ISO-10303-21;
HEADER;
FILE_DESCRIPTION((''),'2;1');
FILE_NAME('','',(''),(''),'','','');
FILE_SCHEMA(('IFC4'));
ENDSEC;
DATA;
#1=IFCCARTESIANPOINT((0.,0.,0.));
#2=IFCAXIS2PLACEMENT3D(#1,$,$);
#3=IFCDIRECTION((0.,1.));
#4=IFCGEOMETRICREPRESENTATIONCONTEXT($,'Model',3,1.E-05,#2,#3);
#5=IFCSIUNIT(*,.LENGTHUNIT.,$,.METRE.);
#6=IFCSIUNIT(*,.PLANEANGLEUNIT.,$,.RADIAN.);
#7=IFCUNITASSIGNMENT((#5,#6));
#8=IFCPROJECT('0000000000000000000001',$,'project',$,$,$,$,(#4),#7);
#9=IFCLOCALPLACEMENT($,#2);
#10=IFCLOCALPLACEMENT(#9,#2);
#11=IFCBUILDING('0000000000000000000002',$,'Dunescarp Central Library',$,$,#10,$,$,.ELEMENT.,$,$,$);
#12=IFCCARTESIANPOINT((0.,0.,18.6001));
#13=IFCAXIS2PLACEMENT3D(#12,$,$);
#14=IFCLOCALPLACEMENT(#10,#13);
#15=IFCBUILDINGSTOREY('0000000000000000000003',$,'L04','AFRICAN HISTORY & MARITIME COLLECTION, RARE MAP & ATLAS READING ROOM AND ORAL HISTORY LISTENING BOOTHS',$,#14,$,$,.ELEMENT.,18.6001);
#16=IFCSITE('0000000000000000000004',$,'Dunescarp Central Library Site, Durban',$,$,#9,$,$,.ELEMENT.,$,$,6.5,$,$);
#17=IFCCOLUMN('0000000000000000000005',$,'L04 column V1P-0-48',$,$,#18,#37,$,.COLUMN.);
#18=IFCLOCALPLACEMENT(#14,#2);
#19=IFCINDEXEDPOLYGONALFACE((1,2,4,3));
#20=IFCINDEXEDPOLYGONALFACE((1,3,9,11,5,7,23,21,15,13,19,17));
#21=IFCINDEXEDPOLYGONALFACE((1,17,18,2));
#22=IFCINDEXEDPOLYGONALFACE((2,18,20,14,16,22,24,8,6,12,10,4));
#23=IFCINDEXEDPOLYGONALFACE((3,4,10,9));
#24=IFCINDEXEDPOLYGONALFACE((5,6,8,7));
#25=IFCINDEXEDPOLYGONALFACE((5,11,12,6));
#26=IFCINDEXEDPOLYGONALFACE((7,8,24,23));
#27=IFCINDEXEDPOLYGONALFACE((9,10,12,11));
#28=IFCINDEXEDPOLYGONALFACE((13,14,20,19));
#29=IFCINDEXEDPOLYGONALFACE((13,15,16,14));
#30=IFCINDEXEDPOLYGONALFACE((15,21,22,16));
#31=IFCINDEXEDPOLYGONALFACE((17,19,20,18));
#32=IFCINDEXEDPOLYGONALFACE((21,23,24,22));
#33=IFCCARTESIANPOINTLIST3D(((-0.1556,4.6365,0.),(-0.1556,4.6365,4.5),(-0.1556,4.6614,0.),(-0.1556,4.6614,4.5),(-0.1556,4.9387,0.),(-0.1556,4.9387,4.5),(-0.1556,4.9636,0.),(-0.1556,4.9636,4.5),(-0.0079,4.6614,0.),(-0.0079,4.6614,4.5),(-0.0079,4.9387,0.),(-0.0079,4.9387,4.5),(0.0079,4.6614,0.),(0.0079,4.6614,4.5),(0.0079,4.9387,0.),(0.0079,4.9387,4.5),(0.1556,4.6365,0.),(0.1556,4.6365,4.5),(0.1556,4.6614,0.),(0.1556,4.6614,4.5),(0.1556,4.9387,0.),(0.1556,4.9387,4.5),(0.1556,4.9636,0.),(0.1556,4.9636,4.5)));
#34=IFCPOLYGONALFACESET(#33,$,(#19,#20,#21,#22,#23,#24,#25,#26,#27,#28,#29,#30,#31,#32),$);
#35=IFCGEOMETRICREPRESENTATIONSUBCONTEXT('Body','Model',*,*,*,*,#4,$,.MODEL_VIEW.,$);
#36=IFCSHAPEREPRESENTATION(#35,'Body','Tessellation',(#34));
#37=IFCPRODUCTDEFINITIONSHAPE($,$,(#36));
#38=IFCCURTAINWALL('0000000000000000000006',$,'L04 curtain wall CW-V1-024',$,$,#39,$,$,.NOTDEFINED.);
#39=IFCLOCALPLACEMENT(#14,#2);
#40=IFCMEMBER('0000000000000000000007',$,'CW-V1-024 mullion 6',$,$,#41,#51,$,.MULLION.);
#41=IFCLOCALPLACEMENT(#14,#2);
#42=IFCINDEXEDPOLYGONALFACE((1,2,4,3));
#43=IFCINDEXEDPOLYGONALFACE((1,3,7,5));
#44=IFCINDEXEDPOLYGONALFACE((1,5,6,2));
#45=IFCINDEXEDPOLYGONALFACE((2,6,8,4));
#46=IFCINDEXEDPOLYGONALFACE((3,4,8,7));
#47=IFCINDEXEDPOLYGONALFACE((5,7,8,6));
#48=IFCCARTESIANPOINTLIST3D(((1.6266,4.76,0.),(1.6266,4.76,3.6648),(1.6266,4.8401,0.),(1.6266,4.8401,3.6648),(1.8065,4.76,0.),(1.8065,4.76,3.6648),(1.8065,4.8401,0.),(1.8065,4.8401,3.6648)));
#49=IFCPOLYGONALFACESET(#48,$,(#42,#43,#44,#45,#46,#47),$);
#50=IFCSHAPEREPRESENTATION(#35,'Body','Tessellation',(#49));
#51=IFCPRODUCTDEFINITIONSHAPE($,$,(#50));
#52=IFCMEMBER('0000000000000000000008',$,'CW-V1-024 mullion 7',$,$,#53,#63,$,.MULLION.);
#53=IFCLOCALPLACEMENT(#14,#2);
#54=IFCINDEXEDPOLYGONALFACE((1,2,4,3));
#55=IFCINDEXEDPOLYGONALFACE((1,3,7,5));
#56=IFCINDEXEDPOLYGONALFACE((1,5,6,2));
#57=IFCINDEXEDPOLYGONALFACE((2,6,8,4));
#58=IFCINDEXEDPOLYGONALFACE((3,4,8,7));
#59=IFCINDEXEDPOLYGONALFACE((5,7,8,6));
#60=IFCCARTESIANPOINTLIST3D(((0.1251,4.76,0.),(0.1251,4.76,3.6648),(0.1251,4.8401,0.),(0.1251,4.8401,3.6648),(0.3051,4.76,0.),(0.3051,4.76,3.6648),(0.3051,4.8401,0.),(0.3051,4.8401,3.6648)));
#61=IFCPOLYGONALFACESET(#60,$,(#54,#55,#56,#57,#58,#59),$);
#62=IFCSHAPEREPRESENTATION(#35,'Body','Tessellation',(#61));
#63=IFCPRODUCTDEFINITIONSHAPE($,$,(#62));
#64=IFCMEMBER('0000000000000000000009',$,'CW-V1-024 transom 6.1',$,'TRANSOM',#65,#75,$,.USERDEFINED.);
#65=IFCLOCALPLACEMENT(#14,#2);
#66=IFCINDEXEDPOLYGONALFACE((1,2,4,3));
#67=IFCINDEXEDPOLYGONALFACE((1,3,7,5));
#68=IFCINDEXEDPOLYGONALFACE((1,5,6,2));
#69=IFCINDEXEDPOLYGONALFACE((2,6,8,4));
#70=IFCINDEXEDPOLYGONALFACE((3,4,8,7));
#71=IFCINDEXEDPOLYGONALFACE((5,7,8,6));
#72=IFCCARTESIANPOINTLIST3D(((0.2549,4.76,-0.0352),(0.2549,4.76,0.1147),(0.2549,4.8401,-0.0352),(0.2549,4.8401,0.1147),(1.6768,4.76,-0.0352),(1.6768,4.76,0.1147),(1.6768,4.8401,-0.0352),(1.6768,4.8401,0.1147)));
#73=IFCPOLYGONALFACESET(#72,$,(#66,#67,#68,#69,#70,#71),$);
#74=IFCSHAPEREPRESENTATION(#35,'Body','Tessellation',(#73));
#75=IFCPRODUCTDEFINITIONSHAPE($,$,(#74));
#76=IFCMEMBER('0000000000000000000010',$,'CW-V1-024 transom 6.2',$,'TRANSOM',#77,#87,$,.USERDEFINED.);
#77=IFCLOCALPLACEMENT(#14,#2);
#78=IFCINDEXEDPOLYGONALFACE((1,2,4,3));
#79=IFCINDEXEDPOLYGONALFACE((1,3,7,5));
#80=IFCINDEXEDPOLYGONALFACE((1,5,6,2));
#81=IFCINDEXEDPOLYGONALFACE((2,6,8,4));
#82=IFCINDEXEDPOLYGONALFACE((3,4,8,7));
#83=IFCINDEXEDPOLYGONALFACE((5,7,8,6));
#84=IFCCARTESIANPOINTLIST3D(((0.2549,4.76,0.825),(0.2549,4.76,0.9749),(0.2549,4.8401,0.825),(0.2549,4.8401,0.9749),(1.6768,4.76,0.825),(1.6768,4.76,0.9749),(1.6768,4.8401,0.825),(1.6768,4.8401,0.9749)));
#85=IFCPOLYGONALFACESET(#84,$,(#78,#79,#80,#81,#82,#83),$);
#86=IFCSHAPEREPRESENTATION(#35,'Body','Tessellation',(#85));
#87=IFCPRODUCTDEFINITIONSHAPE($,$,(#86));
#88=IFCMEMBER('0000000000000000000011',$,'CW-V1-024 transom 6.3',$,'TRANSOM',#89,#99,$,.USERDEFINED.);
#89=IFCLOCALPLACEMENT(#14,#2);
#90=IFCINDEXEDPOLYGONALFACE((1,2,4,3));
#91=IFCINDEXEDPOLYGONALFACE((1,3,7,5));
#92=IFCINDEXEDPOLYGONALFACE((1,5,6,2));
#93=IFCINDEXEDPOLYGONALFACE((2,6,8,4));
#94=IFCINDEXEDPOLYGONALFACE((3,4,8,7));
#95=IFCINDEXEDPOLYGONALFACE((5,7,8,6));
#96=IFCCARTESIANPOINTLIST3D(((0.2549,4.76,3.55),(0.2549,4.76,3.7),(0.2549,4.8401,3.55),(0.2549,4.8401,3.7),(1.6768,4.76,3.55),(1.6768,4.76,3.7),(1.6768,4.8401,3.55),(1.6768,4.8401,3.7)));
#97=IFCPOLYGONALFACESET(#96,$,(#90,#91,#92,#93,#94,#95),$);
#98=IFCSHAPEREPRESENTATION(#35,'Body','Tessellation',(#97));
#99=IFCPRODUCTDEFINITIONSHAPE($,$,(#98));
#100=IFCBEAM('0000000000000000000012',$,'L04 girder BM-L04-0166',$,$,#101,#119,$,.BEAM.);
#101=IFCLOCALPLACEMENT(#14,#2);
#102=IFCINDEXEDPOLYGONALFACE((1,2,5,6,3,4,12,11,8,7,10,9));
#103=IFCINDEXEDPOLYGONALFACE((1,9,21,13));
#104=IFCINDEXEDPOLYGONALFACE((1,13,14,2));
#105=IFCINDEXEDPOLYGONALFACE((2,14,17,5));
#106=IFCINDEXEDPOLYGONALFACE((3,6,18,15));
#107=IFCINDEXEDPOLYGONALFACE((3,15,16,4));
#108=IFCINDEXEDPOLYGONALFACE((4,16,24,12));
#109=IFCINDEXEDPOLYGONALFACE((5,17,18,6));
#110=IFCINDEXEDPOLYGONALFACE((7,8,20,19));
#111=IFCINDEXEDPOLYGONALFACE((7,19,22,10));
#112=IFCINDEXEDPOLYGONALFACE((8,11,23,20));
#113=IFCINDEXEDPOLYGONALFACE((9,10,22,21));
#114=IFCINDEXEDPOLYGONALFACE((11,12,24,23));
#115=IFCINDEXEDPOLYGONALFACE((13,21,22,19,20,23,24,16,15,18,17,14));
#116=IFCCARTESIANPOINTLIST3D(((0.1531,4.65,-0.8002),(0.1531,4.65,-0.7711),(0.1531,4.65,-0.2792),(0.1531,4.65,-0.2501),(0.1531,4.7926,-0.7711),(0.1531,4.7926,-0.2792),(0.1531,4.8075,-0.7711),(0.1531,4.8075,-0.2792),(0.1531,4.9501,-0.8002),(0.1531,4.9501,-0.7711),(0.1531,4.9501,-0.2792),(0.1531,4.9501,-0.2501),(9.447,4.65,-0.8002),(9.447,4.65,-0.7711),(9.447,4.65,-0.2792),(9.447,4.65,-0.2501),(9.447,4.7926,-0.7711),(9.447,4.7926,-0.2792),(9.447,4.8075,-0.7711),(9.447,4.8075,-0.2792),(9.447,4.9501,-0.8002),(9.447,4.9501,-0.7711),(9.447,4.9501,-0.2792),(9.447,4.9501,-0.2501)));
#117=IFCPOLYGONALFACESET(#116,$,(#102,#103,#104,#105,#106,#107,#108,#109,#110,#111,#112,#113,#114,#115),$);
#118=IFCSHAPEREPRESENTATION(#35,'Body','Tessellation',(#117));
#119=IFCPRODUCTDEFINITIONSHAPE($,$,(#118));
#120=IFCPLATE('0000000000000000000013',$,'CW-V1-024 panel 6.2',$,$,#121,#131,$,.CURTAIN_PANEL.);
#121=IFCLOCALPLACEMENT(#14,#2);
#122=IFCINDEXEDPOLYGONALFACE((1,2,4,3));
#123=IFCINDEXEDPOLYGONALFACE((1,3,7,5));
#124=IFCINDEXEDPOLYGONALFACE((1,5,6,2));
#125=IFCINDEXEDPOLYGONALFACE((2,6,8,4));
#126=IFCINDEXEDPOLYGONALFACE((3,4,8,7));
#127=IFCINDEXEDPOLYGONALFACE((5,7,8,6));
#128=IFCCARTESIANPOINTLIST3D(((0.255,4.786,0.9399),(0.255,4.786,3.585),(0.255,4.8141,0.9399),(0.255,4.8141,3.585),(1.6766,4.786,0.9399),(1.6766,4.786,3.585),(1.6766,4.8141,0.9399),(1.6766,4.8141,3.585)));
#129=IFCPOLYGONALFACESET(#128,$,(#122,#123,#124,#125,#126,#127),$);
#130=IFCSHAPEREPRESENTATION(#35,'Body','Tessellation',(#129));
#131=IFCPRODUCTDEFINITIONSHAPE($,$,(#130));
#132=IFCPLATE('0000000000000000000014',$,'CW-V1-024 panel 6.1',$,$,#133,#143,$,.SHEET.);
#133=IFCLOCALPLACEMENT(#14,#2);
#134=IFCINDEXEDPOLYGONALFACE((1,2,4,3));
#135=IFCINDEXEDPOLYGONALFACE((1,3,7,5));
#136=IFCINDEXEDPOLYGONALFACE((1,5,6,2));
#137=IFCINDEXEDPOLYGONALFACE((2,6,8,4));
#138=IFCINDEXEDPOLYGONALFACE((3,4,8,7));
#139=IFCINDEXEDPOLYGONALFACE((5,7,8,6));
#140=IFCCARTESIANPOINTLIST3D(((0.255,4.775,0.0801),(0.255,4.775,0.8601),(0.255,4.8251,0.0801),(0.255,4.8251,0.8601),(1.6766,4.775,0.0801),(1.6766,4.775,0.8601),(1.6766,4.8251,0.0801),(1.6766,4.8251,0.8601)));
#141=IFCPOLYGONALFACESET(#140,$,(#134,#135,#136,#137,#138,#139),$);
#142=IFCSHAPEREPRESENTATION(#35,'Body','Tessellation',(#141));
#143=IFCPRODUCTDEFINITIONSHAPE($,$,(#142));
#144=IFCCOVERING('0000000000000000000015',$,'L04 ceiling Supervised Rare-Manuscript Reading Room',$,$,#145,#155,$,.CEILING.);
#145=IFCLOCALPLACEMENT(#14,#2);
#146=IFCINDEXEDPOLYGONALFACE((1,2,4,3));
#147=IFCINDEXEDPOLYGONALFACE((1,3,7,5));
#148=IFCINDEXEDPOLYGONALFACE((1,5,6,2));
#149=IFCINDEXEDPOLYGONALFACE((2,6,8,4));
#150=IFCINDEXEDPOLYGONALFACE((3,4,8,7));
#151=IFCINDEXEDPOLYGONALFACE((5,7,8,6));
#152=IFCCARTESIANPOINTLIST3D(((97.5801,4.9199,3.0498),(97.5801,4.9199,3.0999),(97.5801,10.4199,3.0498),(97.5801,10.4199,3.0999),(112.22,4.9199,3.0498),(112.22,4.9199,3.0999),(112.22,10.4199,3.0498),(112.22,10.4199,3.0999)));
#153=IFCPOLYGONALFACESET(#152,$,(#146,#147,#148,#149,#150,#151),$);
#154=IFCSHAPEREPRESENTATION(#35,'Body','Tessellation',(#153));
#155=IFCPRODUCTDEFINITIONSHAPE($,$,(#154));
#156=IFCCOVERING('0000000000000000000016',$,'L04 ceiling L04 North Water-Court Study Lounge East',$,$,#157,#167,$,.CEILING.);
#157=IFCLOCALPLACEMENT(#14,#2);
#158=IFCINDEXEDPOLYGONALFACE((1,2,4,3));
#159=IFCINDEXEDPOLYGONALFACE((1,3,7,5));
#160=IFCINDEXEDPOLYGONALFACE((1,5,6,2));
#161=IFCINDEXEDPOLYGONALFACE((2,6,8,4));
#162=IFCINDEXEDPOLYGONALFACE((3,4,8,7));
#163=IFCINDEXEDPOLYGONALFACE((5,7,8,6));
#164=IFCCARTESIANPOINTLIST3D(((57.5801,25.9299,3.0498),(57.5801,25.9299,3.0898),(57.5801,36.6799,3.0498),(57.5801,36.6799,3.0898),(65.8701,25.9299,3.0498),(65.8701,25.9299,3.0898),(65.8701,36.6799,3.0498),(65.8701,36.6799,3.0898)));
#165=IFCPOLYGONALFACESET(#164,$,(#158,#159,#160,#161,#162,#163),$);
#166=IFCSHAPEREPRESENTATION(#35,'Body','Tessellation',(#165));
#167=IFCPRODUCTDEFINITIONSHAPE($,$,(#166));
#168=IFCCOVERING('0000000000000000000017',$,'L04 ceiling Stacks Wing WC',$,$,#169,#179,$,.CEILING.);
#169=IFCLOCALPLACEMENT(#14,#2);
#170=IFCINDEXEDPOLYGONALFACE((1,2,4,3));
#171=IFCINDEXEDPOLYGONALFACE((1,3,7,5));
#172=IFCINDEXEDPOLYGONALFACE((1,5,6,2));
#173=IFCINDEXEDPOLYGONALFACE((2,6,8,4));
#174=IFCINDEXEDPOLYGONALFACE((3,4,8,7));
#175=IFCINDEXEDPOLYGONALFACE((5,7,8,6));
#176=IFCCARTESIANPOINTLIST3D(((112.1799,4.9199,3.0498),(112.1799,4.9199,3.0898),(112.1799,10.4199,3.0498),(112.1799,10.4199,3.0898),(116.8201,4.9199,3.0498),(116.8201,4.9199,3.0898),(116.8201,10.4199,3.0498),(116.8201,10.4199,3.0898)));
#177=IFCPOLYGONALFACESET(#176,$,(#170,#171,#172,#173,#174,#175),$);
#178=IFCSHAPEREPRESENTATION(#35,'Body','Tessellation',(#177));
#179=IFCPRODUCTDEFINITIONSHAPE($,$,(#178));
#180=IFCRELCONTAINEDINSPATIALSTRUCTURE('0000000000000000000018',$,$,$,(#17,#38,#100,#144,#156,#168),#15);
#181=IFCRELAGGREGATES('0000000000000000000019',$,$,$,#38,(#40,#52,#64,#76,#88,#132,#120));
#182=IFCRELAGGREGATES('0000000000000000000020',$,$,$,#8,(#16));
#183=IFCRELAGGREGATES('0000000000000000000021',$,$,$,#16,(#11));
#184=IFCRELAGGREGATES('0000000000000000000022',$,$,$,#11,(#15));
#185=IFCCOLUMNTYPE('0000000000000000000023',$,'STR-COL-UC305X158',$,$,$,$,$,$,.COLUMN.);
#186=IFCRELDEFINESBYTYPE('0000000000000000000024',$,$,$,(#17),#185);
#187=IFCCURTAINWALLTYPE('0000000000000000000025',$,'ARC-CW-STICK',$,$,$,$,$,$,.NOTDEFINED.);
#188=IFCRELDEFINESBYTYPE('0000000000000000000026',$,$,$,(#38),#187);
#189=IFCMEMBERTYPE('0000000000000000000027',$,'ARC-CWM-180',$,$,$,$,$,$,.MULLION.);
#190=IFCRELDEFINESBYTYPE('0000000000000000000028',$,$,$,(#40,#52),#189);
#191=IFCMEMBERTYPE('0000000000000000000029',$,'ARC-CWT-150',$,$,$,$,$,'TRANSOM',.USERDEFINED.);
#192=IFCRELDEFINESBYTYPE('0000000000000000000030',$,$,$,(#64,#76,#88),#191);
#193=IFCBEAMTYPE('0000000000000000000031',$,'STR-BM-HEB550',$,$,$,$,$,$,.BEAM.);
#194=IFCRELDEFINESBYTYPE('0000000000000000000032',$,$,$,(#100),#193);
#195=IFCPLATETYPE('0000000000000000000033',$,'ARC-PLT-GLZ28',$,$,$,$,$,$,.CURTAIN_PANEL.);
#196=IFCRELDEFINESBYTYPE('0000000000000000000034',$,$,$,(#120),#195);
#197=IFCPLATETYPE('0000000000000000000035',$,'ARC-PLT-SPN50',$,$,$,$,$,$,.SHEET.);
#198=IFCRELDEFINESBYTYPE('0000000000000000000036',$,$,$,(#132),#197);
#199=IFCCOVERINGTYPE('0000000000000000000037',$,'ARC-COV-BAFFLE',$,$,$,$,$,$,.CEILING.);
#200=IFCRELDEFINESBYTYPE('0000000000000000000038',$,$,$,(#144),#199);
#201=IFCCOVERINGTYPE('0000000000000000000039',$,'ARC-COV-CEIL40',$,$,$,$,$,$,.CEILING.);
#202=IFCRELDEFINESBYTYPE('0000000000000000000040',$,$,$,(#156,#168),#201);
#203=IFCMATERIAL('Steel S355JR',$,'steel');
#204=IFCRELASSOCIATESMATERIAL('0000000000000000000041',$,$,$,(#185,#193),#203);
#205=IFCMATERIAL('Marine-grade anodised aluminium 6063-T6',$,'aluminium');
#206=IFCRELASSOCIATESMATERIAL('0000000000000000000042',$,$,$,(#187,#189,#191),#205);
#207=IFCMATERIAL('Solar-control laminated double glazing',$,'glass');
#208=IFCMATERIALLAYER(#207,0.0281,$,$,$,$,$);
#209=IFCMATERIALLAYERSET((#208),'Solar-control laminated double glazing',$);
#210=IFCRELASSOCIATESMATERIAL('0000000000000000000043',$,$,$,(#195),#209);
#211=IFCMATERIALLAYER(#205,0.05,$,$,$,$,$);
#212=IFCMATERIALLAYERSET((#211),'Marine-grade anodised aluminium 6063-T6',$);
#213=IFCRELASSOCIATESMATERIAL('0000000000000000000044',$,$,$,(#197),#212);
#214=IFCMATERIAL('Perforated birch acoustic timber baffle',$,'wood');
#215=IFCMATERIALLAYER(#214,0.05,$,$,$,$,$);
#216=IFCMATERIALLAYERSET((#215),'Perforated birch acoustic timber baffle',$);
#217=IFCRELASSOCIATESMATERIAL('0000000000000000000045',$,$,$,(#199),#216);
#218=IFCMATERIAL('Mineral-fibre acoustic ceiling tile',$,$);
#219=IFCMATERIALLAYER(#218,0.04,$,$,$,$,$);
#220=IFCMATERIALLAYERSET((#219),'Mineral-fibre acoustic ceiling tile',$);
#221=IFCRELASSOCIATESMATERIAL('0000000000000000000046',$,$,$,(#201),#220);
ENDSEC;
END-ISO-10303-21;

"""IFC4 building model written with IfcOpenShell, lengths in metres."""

from ifc_helpers import new_model, si_unit, direction, frame, origin, origin_2d, place, context, subcontext, project, spatial, polyline, rectangle, i_section, outline, extrude, material, layer, layer_set, material_profile, profile_set, type_object, element, aggregate, save


model = new_model("IFC4")

# Units and contexts
model_context = context("Model", 3, precision=1e-05, world=origin(), true_north=direction((0.0, 1.0)))
body_context = subcontext(model_context, "Body", "Model", "MODEL_VIEW")
ifc_project = project(units=[si_unit("LENGTHUNIT", "METRE"), si_unit("PLANEANGLEUNIT", "RADIAN")], contexts=[model_context])

# Site, building, storey
site_placement = place(None, origin())
site = spatial("IfcSite", under=ifc_project, at=site_placement, Name="Dunescarp Central Library Site, Durban", CompositionType="ELEMENT", RefElevation=6.5)
building_placement = place(site_placement, origin())
building = spatial("IfcBuilding", under=site, at=building_placement, Name="Dunescarp Central Library", CompositionType="ELEMENT")
storey_placement = place(building_placement, frame((0.0, 0.0, 18.6001)))
storey = spatial("IfcBuildingStorey", under=building, at=storey_placement, Name="L04", Description="AFRICAN HISTORY & MARITIME COLLECTION, RARE MAP & ATLAS READING ROOM AND ORAL HISTORY LISTENING BOOTHS", CompositionType="ELEMENT", Elevation=18.6001)

# Column
ifc_material_1 = material(Name="Steel S355JR", Category="steel")
ifc_material_profile_1 = material_profile(ifc_material_1, i_section(OverallWidth=0.3113, OverallDepth=0.3271, WebThickness=0.0159, FlangeThickness=0.0249, at=origin_2d()), Name="UC 305x305x158")
ifc_profile_set_1 = profile_set([ifc_material_profile_1], Name="Steel S355JR")
column_type = type_object("IfcColumnType", Name="STR-COL-UC305X158", PredefinedType="COLUMN", material=ifc_profile_set_1)
column_placement = place(storey_placement, frame((0.0, 4.8, 0.0), z_axis=(0.0, 0.0, 1.0), x_axis=(1.0, 0.0, 0.0)))
element("IfcColumn", 1, at=column_placement, inside=storey, type_object=column_type, Name="L04 column V1P-0-48", PredefinedType="COLUMN", context=body_context, shape_type="SweptSolid", body=[
    extrude(i_section(OverallWidth=0.3113, OverallDepth=0.3271, WebThickness=0.0159, FlangeThickness=0.0249, at=origin_2d()), origin(), (0.0, 0.0, 1.0), 4.5),
])

# Curtain wall, members
ifc_material_2 = material(Name="Marine-grade anodised aluminium 6063-T6", Category="aluminium")
curtain_wall_type = type_object("IfcCurtainWallType", Name="ARC-CW-STICK", PredefinedType="NOTDEFINED", material=ifc_material_2)
curtain_wall_placement = place(storey_placement, origin())
curtain_wall = element("IfcCurtainWall", 2, at=curtain_wall_placement, inside=storey, type_object=curtain_wall_type, Name="L04 curtain wall CW-V1-024", PredefinedType="NOTDEFINED")
ifc_material_profile_2 = material_profile(ifc_material_2, rectangle(XDim=0.0801, YDim=0.1799, at=origin_2d()), Name="AL 80x180")
ifc_profile_set_2 = profile_set([ifc_material_profile_2], Name="Marine-grade anodised aluminium 6063-T6")
member_type_1 = type_object("IfcMemberType", Name="ARC-CWM-180", PredefinedType="MULLION", material=ifc_profile_set_2)
member_1_placement = place(storey_placement, frame((1.7166, 4.8, 0.0), z_axis=(0.0, 0.0, 1.0), x_axis=(0.0, -1.0, 0.0)))
member_1 = element("IfcMember", 3, at=member_1_placement, type_object=member_type_1, Name="CW-V1-024 mullion 6", PredefinedType="MULLION", context=body_context, shape_type="SweptSolid", body=[
    extrude(rectangle(XDim=0.0801, YDim=0.1799, at=origin_2d()), origin(), (0.0, 0.0, 1.0), 3.6648),
])
member_2_placement = place(storey_placement, frame((0.2151, 4.8, 0.0), z_axis=(0.0, 0.0, 1.0), x_axis=(0.0, -1.0, 0.0)))
member_2 = element("IfcMember", 4, at=member_2_placement, type_object=member_type_1, Name="CW-V1-024 mullion 7", PredefinedType="MULLION", context=body_context, shape_type="SweptSolid", body=[
    extrude(rectangle(XDim=0.0801, YDim=0.1799, at=origin_2d()), origin(), (0.0, 0.0, 1.0), 3.6648),
])
ifc_material_profile_3 = material_profile(ifc_material_2, rectangle(XDim=0.0801, YDim=0.1499, at=origin_2d()), Name="AL 80x150")
ifc_profile_set_3 = profile_set([ifc_material_profile_3], Name="Marine-grade anodised aluminium 6063-T6")
member_type_2 = type_object("IfcMemberType", Name="ARC-CWT-150", ElementType="TRANSOM", PredefinedType="USERDEFINED", material=ifc_profile_set_3)
member_3_placement = place(storey_placement, frame((1.6768, 4.8, 0.0398), z_axis=(-1.0, 0.0, 0.0), x_axis=(0.0, -1.0, 0.0)))
member_3 = element("IfcMember", 5, at=member_3_placement, type_object=member_type_2, Name="CW-V1-024 transom 6.1", ObjectType="TRANSOM", PredefinedType="USERDEFINED", context=body_context, shape_type="SweptSolid", body=[
    extrude(rectangle(XDim=0.0801, YDim=0.1499, at=origin_2d()), origin(), (0.0, 0.0, 1.0), 1.4219),
])
member_4_placement = place(storey_placement, frame((1.6768, 4.8, 0.8999), z_axis=(-1.0, 0.0, 0.0), x_axis=(0.0, -1.0, 0.0)))
member_4 = element("IfcMember", 6, at=member_4_placement, type_object=member_type_2, Name="CW-V1-024 transom 6.2", ObjectType="TRANSOM", PredefinedType="USERDEFINED", context=body_context, shape_type="SweptSolid", body=[
    extrude(rectangle(XDim=0.0801, YDim=0.1499, at=origin_2d()), origin(), (0.0, 0.0, 1.0), 1.4219),
])
member_5_placement = place(storey_placement, frame((1.6768, 4.8, 3.625), z_axis=(-1.0, 0.0, 0.0), x_axis=(0.0, -1.0, 0.0)))
member_5 = element("IfcMember", 7, at=member_5_placement, type_object=member_type_2, Name="CW-V1-024 transom 6.3", ObjectType="TRANSOM", PredefinedType="USERDEFINED", context=body_context, shape_type="SweptSolid", body=[
    extrude(rectangle(XDim=0.0801, YDim=0.1499, at=origin_2d()), origin(), (0.0, 0.0, 1.0), 1.4219),
])

# Beam
ifc_material_profile_4 = material_profile(ifc_material_1, i_section(OverallWidth=0.3, OverallDepth=0.55, WebThickness=0.0149, FlangeThickness=0.0291, at=origin_2d()), Name="HEB 550")
ifc_profile_set_4 = profile_set([ifc_material_profile_4], Name="Steel S355JR")
beam_type = type_object("IfcBeamType", Name="STR-BM-HEB550", PredefinedType="BEAM", material=ifc_profile_set_4)
beam_placement = place(storey_placement, frame((0.1531, 4.8, -0.5251), z_axis=(1.0, 0.0, 0.0), x_axis=(0.0, 1.0, 0.0)))
element("IfcBeam", 8, at=beam_placement, inside=storey, type_object=beam_type, Name="L04 girder BM-L04-0166", PredefinedType="BEAM", context=body_context, shape_type="SweptSolid", body=[
    extrude(i_section(OverallWidth=0.3, OverallDepth=0.55, WebThickness=0.0149, FlangeThickness=0.0291, at=origin_2d()), origin(), (0.0, 0.0, 1.0), 9.2939),
])

# Plates
ifc_material_3 = material(Name="Solar-control laminated double glazing", Category="glass")
ifc_layer_1 = layer(ifc_material_3, 0.0281)
ifc_layer_set_1 = layer_set([ifc_layer_1], Name="Solar-control laminated double glazing")
plate_type_1 = type_object("IfcPlateType", Name="ARC-PLT-GLZ28", PredefinedType="CURTAIN_PANEL", material=ifc_layer_set_1)
plate_1_placement = place(storey_placement, frame((0.9658, 4.8, 0.9399), z_axis=(0.0, 0.0, 1.0), x_axis=(-1.0, 0.0, 0.0)))
plate_1 = element("IfcPlate", 9, at=plate_1_placement, type_object=plate_type_1, Name="CW-V1-024 panel 6.2", PredefinedType="CURTAIN_PANEL", context=body_context, shape_type="SweptSolid", body=[
    extrude(rectangle(XDim=1.4216, YDim=0.0281, at=origin_2d()), origin(), (0.0, 0.0, 1.0), 2.645),
])
ifc_layer_2 = layer(ifc_material_2, 0.05)
ifc_layer_set_2 = layer_set([ifc_layer_2], Name="Marine-grade anodised aluminium 6063-T6")
plate_type_2 = type_object("IfcPlateType", Name="ARC-PLT-SPN50", PredefinedType="SHEET", material=ifc_layer_set_2)
plate_2_placement = place(storey_placement, frame((0.9658, 4.8, 0.0801), z_axis=(0.0, 0.0, 1.0), x_axis=(-1.0, 0.0, 0.0)))
plate_2 = element("IfcPlate", 10, at=plate_2_placement, type_object=plate_type_2, Name="CW-V1-024 panel 6.1", PredefinedType="SHEET", context=body_context, shape_type="SweptSolid", body=[
    extrude(rectangle(XDim=1.4216, YDim=0.05, at=origin_2d()), origin(), (0.0, 0.0, 1.0), 0.78),
])
aggregate(curtain_wall, [member_1, member_2, member_3, member_4, member_5, plate_2, plate_1])

# Coverings
ifc_material_4 = material(Name="Perforated birch acoustic timber baffle", Category="wood")
ifc_layer_3 = layer(ifc_material_4, 0.05)
ifc_layer_set_3 = layer_set([ifc_layer_3], Name="Perforated birch acoustic timber baffle")
covering_type_1 = type_object("IfcCoveringType", Name="ARC-COV-BAFFLE", PredefinedType="CEILING", material=ifc_layer_set_3)
covering_1_placement = place(storey_placement, frame((0.0, 0.0, 3.0498)))
element("IfcCovering", 11, at=covering_1_placement, inside=storey, type_object=covering_type_1, Name="L04 ceiling Supervised Rare-Manuscript Reading Room", PredefinedType="CEILING", context=body_context, shape_type="SweptSolid", body=[
    extrude(outline(polyline([(97.5801, 4.9199), (112.22, 4.9199), (112.22, 10.4199), (97.5801, 10.4199), (97.5801, 4.9199)])), origin(), (0.0, 0.0, 1.0), 0.05),
])
ifc_material_5 = material(Name="Mineral-fibre acoustic ceiling tile")
ifc_layer_4 = layer(ifc_material_5, 0.04)
ifc_layer_set_4 = layer_set([ifc_layer_4], Name="Mineral-fibre acoustic ceiling tile")
covering_type_2 = type_object("IfcCoveringType", Name="ARC-COV-CEIL40", PredefinedType="CEILING", material=ifc_layer_set_4)
covering_2_placement = place(storey_placement, frame((0.0, 0.0, 3.0498)))
element("IfcCovering", 12, at=covering_2_placement, inside=storey, type_object=covering_type_2, Name="L04 ceiling L04 North Water-Court Study Lounge East", PredefinedType="CEILING", context=body_context, shape_type="SweptSolid", body=[
    extrude(outline(polyline([(57.5801, 25.9299), (65.8701, 25.9299), (65.8701, 36.6799), (57.5801, 36.6799), (57.5801, 25.9299)])), origin(), (0.0, 0.0, 1.0), 0.04),
])
covering_3_placement = place(storey_placement, frame((0.0, 0.0, 3.0498)))
element("IfcCovering", 13, at=covering_3_placement, inside=storey, type_object=covering_type_2, Name="L04 ceiling Stacks Wing WC", PredefinedType="CEILING", context=body_context, shape_type="SweptSolid", body=[
    extrude(outline(polyline([(112.1799, 4.9199), (116.8201, 4.9199), (116.8201, 10.4199), (112.1799, 10.4199), (112.1799, 4.9199)])), origin(), (0.0, 0.0, 1.0), 0.04),
])

save(model, "model.ifc")
